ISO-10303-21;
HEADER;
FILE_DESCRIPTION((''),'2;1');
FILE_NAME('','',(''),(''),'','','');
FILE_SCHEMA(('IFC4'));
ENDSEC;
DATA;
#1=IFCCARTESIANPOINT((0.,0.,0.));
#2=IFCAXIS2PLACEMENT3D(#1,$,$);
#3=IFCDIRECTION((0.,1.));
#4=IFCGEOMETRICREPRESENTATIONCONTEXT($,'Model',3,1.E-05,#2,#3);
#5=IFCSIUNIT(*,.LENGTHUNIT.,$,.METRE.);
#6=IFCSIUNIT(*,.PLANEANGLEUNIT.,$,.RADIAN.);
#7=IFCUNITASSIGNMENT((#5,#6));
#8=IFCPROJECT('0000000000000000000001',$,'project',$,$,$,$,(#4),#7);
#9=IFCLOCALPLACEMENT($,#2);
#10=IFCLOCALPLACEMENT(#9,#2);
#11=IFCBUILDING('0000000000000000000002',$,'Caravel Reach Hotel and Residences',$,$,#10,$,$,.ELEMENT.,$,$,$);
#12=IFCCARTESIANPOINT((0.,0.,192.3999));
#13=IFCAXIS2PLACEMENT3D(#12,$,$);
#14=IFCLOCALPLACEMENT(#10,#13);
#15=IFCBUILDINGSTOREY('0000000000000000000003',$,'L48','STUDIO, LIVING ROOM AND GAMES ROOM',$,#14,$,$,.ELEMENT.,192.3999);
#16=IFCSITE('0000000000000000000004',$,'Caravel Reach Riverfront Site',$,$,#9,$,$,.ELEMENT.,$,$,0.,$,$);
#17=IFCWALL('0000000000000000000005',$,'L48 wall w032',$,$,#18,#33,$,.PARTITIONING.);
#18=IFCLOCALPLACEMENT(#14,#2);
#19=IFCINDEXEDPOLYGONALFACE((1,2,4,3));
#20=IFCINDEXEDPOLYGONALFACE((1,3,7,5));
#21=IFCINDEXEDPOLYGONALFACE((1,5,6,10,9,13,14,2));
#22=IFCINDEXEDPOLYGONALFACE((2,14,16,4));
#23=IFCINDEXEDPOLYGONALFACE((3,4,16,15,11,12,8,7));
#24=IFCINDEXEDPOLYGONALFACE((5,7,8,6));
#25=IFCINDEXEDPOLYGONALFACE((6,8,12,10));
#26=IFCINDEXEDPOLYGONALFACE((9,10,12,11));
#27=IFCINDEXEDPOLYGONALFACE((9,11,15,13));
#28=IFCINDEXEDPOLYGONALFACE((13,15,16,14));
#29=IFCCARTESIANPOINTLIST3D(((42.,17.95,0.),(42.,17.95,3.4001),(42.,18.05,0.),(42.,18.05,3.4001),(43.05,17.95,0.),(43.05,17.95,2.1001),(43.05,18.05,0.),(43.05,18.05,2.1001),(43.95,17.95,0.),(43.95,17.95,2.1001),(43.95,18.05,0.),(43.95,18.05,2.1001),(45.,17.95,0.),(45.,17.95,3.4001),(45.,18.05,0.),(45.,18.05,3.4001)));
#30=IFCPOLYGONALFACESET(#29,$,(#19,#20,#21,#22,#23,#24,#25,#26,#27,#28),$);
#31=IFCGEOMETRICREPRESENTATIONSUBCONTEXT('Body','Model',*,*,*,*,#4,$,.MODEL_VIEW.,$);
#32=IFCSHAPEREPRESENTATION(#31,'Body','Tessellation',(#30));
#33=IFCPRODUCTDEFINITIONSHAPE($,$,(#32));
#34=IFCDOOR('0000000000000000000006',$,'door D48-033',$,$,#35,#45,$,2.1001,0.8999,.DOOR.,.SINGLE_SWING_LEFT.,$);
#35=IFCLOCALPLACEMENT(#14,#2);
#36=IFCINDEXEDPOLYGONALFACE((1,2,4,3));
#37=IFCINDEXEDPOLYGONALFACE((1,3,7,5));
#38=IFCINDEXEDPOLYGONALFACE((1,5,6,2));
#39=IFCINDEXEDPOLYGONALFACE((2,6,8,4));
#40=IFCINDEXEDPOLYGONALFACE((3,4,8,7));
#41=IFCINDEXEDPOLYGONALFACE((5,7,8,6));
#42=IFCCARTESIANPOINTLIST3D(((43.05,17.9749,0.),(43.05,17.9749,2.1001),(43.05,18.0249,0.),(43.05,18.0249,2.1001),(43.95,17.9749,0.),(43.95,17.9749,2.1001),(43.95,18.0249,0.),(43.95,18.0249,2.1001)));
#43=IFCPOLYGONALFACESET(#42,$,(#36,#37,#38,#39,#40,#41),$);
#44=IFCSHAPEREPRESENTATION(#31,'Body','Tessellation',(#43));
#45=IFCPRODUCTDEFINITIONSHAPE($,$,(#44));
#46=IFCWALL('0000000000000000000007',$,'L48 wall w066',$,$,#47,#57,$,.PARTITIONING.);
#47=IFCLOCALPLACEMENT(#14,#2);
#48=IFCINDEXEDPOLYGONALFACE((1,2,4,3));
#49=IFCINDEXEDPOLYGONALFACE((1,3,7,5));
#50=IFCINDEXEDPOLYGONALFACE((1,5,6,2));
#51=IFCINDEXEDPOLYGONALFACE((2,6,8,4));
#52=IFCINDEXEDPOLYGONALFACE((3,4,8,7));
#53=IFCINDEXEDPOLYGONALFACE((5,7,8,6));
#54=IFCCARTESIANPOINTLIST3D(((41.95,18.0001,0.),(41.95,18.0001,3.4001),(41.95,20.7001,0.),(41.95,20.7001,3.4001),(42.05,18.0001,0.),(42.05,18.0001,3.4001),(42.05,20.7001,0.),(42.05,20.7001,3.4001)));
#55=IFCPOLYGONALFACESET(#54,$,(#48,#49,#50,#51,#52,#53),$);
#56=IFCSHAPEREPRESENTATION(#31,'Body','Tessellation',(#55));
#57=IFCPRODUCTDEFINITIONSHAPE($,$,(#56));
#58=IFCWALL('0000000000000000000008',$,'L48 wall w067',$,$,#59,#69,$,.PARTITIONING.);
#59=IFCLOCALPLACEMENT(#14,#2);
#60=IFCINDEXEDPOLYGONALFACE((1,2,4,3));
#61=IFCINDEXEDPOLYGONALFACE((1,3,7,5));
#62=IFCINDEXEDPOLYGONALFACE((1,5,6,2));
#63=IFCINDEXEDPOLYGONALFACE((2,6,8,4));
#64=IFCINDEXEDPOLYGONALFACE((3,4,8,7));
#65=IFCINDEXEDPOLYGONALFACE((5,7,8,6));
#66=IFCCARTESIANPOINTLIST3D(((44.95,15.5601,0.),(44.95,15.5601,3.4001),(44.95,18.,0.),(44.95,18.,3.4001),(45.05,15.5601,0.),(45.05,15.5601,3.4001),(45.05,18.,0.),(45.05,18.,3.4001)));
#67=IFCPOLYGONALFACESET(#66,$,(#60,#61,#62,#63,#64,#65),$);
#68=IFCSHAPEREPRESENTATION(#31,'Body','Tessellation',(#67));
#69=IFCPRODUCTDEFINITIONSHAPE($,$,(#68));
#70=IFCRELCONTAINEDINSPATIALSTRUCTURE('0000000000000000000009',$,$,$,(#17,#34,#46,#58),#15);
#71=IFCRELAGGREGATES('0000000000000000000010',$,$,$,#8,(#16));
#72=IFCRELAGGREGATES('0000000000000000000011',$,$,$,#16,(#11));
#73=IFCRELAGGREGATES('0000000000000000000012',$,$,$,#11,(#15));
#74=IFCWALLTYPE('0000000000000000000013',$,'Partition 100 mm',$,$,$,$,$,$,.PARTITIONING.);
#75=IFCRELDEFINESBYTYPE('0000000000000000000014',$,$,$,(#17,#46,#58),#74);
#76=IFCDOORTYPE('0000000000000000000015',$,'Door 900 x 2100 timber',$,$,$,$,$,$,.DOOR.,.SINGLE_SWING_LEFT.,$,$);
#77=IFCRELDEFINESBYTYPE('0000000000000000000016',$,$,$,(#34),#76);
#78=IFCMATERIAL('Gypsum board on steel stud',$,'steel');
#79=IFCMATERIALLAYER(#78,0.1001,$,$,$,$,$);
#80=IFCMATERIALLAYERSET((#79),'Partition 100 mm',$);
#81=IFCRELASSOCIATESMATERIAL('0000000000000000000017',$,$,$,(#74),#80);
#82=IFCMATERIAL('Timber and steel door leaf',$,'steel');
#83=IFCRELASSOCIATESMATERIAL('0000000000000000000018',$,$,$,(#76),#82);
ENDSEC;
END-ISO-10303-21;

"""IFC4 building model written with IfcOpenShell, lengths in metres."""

from ifc_helpers import new_model, si_unit, direction, frame, frame_2d, origin, place, context, subcontext, project, spatial, rectangle, extrude, material, layer, layer_set, type_object, element, fill, save


model = new_model("IFC4")

# Units and contexts
model_context = context("Model", 3, precision=1e-05, world=origin(), true_north=direction((0.0, 1.0)))
body_context = subcontext(model_context, "Body", "Model", "MODEL_VIEW")
ifc_project = project(units=[si_unit("LENGTHUNIT", "METRE"), si_unit("PLANEANGLEUNIT", "RADIAN")], contexts=[model_context])

# Site, building, storey
site_placement = place(None, origin())
site = spatial("IfcSite", under=ifc_project, at=site_placement, Name="Caravel Reach Riverfront Site", CompositionType="ELEMENT", RefElevation=0.0)
building_placement = place(site_placement, origin())
building = spatial("IfcBuilding", under=site, at=building_placement, Name="Caravel Reach Hotel and Residences", CompositionType="ELEMENT")
storey_placement = place(building_placement, frame((0.0, 0.0, 192.3999)))
storey = spatial("IfcBuildingStorey", under=building, at=storey_placement, Name="L48", Description="STUDIO, LIVING ROOM AND GAMES ROOM", CompositionType="ELEMENT", Elevation=192.3999)

# Wall, opening, door
ifc_material_1 = material(Name="Gypsum board on steel stud", Category="steel")
ifc_layer_1 = layer(ifc_material_1, 0.1001)
ifc_layer_set_1 = layer_set([ifc_layer_1], Name="Partition 100 mm")
wall_type_1 = type_object("IfcWallType", Name="Partition 100 mm", PredefinedType="PARTITIONING", material=ifc_layer_set_1)
wall_1_placement = place(storey_placement, frame((42.0, 18.0, 0.0), z_axis=(0.0, 0.0, 1.0), x_axis=(1.0, 0.0, 0.0)))
wall_1 = element("IfcWall", 1, at=wall_1_placement, inside=storey, type_object=wall_type_1, Name="L48 wall w032", PredefinedType="PARTITIONING", context=body_context, shape_type="SweptSolid", body=[
    extrude(rectangle(XDim=3.0, YDim=0.1001, at=frame_2d((1.5, 0.0))), origin(), (0.0, 0.0, 1.0), 3.4001),
])
opening_1_placement = place(wall_1_placement, frame((1.05, 0.0, 0.0)))
opening_1 = element("IfcOpeningElement", 2, at=opening_1_placement, cuts=wall_1, PredefinedType="OPENING", context=body_context, shape_type="SweptSolid", body=[
    extrude(rectangle(XDim=0.8999, YDim=2.1001, at=frame_2d((0.45, 1.05))), frame((0.0, 0.0601, 0.0), z_axis=(0.0, -1.0, 0.0), x_axis=(1.0, 0.0, 0.0)), (0.0, 0.0, 1.0), 0.1201),
])
ifc_material_2 = material(Name="Timber and steel door leaf", Category="steel")
door_type_1 = type_object("IfcDoorType", Name="Door 900 x 2100 timber", OperationType="SINGLE_SWING_LEFT", PredefinedType="DOOR", material=ifc_material_2)
door_1_placement = place(opening_1_placement, origin())
door_1 = element("IfcDoor", 3, at=door_1_placement, inside=storey, type_object=door_type_1, Name="door D48-033", OperationType="SINGLE_SWING_LEFT", OverallHeight=2.1001, OverallWidth=0.8999, PredefinedType="DOOR", context=body_context, shape_type="SweptSolid", body=[
    extrude(rectangle(XDim=0.8999, YDim=2.1001, at=frame_2d((0.45, 1.05))), frame((0.0, 0.0249, 0.0), z_axis=(0.0, -1.0, 0.0), x_axis=(1.0, 0.0, 0.0)), (0.0, 0.0, 1.0), 0.05),
])
fill(opening_1, door_1)

# Walls
wall_2_placement = place(storey_placement, frame((42.0, 18.0, 0.0), z_axis=(0.0, 0.0, 1.0), x_axis=(0.0, 1.0, 0.0)))
element("IfcWall", 4, at=wall_2_placement, inside=storey, type_object=wall_type_1, Name="L48 wall w066", PredefinedType="PARTITIONING", context=body_context, shape_type="SweptSolid", body=[
    extrude(rectangle(XDim=2.7, YDim=0.1001, at=frame_2d((1.3501, 0.0))), origin(), (0.0, 0.0, 1.0), 3.4001),
])
wall_3_placement = place(storey_placement, frame((45.0, 15.5601, 0.0), z_axis=(0.0, 0.0, 1.0), x_axis=(0.0, 1.0, 0.0)))
element("IfcWall", 5, at=wall_3_placement, inside=storey, type_object=wall_type_1, Name="L48 wall w067", PredefinedType="PARTITIONING", context=body_context, shape_type="SweptSolid", body=[
    extrude(rectangle(XDim=2.4399, YDim=0.1001, at=frame_2d((1.22, 0.0))), origin(), (0.0, 0.0, 1.0), 3.4001),
])

save(model, "model.ifc")
